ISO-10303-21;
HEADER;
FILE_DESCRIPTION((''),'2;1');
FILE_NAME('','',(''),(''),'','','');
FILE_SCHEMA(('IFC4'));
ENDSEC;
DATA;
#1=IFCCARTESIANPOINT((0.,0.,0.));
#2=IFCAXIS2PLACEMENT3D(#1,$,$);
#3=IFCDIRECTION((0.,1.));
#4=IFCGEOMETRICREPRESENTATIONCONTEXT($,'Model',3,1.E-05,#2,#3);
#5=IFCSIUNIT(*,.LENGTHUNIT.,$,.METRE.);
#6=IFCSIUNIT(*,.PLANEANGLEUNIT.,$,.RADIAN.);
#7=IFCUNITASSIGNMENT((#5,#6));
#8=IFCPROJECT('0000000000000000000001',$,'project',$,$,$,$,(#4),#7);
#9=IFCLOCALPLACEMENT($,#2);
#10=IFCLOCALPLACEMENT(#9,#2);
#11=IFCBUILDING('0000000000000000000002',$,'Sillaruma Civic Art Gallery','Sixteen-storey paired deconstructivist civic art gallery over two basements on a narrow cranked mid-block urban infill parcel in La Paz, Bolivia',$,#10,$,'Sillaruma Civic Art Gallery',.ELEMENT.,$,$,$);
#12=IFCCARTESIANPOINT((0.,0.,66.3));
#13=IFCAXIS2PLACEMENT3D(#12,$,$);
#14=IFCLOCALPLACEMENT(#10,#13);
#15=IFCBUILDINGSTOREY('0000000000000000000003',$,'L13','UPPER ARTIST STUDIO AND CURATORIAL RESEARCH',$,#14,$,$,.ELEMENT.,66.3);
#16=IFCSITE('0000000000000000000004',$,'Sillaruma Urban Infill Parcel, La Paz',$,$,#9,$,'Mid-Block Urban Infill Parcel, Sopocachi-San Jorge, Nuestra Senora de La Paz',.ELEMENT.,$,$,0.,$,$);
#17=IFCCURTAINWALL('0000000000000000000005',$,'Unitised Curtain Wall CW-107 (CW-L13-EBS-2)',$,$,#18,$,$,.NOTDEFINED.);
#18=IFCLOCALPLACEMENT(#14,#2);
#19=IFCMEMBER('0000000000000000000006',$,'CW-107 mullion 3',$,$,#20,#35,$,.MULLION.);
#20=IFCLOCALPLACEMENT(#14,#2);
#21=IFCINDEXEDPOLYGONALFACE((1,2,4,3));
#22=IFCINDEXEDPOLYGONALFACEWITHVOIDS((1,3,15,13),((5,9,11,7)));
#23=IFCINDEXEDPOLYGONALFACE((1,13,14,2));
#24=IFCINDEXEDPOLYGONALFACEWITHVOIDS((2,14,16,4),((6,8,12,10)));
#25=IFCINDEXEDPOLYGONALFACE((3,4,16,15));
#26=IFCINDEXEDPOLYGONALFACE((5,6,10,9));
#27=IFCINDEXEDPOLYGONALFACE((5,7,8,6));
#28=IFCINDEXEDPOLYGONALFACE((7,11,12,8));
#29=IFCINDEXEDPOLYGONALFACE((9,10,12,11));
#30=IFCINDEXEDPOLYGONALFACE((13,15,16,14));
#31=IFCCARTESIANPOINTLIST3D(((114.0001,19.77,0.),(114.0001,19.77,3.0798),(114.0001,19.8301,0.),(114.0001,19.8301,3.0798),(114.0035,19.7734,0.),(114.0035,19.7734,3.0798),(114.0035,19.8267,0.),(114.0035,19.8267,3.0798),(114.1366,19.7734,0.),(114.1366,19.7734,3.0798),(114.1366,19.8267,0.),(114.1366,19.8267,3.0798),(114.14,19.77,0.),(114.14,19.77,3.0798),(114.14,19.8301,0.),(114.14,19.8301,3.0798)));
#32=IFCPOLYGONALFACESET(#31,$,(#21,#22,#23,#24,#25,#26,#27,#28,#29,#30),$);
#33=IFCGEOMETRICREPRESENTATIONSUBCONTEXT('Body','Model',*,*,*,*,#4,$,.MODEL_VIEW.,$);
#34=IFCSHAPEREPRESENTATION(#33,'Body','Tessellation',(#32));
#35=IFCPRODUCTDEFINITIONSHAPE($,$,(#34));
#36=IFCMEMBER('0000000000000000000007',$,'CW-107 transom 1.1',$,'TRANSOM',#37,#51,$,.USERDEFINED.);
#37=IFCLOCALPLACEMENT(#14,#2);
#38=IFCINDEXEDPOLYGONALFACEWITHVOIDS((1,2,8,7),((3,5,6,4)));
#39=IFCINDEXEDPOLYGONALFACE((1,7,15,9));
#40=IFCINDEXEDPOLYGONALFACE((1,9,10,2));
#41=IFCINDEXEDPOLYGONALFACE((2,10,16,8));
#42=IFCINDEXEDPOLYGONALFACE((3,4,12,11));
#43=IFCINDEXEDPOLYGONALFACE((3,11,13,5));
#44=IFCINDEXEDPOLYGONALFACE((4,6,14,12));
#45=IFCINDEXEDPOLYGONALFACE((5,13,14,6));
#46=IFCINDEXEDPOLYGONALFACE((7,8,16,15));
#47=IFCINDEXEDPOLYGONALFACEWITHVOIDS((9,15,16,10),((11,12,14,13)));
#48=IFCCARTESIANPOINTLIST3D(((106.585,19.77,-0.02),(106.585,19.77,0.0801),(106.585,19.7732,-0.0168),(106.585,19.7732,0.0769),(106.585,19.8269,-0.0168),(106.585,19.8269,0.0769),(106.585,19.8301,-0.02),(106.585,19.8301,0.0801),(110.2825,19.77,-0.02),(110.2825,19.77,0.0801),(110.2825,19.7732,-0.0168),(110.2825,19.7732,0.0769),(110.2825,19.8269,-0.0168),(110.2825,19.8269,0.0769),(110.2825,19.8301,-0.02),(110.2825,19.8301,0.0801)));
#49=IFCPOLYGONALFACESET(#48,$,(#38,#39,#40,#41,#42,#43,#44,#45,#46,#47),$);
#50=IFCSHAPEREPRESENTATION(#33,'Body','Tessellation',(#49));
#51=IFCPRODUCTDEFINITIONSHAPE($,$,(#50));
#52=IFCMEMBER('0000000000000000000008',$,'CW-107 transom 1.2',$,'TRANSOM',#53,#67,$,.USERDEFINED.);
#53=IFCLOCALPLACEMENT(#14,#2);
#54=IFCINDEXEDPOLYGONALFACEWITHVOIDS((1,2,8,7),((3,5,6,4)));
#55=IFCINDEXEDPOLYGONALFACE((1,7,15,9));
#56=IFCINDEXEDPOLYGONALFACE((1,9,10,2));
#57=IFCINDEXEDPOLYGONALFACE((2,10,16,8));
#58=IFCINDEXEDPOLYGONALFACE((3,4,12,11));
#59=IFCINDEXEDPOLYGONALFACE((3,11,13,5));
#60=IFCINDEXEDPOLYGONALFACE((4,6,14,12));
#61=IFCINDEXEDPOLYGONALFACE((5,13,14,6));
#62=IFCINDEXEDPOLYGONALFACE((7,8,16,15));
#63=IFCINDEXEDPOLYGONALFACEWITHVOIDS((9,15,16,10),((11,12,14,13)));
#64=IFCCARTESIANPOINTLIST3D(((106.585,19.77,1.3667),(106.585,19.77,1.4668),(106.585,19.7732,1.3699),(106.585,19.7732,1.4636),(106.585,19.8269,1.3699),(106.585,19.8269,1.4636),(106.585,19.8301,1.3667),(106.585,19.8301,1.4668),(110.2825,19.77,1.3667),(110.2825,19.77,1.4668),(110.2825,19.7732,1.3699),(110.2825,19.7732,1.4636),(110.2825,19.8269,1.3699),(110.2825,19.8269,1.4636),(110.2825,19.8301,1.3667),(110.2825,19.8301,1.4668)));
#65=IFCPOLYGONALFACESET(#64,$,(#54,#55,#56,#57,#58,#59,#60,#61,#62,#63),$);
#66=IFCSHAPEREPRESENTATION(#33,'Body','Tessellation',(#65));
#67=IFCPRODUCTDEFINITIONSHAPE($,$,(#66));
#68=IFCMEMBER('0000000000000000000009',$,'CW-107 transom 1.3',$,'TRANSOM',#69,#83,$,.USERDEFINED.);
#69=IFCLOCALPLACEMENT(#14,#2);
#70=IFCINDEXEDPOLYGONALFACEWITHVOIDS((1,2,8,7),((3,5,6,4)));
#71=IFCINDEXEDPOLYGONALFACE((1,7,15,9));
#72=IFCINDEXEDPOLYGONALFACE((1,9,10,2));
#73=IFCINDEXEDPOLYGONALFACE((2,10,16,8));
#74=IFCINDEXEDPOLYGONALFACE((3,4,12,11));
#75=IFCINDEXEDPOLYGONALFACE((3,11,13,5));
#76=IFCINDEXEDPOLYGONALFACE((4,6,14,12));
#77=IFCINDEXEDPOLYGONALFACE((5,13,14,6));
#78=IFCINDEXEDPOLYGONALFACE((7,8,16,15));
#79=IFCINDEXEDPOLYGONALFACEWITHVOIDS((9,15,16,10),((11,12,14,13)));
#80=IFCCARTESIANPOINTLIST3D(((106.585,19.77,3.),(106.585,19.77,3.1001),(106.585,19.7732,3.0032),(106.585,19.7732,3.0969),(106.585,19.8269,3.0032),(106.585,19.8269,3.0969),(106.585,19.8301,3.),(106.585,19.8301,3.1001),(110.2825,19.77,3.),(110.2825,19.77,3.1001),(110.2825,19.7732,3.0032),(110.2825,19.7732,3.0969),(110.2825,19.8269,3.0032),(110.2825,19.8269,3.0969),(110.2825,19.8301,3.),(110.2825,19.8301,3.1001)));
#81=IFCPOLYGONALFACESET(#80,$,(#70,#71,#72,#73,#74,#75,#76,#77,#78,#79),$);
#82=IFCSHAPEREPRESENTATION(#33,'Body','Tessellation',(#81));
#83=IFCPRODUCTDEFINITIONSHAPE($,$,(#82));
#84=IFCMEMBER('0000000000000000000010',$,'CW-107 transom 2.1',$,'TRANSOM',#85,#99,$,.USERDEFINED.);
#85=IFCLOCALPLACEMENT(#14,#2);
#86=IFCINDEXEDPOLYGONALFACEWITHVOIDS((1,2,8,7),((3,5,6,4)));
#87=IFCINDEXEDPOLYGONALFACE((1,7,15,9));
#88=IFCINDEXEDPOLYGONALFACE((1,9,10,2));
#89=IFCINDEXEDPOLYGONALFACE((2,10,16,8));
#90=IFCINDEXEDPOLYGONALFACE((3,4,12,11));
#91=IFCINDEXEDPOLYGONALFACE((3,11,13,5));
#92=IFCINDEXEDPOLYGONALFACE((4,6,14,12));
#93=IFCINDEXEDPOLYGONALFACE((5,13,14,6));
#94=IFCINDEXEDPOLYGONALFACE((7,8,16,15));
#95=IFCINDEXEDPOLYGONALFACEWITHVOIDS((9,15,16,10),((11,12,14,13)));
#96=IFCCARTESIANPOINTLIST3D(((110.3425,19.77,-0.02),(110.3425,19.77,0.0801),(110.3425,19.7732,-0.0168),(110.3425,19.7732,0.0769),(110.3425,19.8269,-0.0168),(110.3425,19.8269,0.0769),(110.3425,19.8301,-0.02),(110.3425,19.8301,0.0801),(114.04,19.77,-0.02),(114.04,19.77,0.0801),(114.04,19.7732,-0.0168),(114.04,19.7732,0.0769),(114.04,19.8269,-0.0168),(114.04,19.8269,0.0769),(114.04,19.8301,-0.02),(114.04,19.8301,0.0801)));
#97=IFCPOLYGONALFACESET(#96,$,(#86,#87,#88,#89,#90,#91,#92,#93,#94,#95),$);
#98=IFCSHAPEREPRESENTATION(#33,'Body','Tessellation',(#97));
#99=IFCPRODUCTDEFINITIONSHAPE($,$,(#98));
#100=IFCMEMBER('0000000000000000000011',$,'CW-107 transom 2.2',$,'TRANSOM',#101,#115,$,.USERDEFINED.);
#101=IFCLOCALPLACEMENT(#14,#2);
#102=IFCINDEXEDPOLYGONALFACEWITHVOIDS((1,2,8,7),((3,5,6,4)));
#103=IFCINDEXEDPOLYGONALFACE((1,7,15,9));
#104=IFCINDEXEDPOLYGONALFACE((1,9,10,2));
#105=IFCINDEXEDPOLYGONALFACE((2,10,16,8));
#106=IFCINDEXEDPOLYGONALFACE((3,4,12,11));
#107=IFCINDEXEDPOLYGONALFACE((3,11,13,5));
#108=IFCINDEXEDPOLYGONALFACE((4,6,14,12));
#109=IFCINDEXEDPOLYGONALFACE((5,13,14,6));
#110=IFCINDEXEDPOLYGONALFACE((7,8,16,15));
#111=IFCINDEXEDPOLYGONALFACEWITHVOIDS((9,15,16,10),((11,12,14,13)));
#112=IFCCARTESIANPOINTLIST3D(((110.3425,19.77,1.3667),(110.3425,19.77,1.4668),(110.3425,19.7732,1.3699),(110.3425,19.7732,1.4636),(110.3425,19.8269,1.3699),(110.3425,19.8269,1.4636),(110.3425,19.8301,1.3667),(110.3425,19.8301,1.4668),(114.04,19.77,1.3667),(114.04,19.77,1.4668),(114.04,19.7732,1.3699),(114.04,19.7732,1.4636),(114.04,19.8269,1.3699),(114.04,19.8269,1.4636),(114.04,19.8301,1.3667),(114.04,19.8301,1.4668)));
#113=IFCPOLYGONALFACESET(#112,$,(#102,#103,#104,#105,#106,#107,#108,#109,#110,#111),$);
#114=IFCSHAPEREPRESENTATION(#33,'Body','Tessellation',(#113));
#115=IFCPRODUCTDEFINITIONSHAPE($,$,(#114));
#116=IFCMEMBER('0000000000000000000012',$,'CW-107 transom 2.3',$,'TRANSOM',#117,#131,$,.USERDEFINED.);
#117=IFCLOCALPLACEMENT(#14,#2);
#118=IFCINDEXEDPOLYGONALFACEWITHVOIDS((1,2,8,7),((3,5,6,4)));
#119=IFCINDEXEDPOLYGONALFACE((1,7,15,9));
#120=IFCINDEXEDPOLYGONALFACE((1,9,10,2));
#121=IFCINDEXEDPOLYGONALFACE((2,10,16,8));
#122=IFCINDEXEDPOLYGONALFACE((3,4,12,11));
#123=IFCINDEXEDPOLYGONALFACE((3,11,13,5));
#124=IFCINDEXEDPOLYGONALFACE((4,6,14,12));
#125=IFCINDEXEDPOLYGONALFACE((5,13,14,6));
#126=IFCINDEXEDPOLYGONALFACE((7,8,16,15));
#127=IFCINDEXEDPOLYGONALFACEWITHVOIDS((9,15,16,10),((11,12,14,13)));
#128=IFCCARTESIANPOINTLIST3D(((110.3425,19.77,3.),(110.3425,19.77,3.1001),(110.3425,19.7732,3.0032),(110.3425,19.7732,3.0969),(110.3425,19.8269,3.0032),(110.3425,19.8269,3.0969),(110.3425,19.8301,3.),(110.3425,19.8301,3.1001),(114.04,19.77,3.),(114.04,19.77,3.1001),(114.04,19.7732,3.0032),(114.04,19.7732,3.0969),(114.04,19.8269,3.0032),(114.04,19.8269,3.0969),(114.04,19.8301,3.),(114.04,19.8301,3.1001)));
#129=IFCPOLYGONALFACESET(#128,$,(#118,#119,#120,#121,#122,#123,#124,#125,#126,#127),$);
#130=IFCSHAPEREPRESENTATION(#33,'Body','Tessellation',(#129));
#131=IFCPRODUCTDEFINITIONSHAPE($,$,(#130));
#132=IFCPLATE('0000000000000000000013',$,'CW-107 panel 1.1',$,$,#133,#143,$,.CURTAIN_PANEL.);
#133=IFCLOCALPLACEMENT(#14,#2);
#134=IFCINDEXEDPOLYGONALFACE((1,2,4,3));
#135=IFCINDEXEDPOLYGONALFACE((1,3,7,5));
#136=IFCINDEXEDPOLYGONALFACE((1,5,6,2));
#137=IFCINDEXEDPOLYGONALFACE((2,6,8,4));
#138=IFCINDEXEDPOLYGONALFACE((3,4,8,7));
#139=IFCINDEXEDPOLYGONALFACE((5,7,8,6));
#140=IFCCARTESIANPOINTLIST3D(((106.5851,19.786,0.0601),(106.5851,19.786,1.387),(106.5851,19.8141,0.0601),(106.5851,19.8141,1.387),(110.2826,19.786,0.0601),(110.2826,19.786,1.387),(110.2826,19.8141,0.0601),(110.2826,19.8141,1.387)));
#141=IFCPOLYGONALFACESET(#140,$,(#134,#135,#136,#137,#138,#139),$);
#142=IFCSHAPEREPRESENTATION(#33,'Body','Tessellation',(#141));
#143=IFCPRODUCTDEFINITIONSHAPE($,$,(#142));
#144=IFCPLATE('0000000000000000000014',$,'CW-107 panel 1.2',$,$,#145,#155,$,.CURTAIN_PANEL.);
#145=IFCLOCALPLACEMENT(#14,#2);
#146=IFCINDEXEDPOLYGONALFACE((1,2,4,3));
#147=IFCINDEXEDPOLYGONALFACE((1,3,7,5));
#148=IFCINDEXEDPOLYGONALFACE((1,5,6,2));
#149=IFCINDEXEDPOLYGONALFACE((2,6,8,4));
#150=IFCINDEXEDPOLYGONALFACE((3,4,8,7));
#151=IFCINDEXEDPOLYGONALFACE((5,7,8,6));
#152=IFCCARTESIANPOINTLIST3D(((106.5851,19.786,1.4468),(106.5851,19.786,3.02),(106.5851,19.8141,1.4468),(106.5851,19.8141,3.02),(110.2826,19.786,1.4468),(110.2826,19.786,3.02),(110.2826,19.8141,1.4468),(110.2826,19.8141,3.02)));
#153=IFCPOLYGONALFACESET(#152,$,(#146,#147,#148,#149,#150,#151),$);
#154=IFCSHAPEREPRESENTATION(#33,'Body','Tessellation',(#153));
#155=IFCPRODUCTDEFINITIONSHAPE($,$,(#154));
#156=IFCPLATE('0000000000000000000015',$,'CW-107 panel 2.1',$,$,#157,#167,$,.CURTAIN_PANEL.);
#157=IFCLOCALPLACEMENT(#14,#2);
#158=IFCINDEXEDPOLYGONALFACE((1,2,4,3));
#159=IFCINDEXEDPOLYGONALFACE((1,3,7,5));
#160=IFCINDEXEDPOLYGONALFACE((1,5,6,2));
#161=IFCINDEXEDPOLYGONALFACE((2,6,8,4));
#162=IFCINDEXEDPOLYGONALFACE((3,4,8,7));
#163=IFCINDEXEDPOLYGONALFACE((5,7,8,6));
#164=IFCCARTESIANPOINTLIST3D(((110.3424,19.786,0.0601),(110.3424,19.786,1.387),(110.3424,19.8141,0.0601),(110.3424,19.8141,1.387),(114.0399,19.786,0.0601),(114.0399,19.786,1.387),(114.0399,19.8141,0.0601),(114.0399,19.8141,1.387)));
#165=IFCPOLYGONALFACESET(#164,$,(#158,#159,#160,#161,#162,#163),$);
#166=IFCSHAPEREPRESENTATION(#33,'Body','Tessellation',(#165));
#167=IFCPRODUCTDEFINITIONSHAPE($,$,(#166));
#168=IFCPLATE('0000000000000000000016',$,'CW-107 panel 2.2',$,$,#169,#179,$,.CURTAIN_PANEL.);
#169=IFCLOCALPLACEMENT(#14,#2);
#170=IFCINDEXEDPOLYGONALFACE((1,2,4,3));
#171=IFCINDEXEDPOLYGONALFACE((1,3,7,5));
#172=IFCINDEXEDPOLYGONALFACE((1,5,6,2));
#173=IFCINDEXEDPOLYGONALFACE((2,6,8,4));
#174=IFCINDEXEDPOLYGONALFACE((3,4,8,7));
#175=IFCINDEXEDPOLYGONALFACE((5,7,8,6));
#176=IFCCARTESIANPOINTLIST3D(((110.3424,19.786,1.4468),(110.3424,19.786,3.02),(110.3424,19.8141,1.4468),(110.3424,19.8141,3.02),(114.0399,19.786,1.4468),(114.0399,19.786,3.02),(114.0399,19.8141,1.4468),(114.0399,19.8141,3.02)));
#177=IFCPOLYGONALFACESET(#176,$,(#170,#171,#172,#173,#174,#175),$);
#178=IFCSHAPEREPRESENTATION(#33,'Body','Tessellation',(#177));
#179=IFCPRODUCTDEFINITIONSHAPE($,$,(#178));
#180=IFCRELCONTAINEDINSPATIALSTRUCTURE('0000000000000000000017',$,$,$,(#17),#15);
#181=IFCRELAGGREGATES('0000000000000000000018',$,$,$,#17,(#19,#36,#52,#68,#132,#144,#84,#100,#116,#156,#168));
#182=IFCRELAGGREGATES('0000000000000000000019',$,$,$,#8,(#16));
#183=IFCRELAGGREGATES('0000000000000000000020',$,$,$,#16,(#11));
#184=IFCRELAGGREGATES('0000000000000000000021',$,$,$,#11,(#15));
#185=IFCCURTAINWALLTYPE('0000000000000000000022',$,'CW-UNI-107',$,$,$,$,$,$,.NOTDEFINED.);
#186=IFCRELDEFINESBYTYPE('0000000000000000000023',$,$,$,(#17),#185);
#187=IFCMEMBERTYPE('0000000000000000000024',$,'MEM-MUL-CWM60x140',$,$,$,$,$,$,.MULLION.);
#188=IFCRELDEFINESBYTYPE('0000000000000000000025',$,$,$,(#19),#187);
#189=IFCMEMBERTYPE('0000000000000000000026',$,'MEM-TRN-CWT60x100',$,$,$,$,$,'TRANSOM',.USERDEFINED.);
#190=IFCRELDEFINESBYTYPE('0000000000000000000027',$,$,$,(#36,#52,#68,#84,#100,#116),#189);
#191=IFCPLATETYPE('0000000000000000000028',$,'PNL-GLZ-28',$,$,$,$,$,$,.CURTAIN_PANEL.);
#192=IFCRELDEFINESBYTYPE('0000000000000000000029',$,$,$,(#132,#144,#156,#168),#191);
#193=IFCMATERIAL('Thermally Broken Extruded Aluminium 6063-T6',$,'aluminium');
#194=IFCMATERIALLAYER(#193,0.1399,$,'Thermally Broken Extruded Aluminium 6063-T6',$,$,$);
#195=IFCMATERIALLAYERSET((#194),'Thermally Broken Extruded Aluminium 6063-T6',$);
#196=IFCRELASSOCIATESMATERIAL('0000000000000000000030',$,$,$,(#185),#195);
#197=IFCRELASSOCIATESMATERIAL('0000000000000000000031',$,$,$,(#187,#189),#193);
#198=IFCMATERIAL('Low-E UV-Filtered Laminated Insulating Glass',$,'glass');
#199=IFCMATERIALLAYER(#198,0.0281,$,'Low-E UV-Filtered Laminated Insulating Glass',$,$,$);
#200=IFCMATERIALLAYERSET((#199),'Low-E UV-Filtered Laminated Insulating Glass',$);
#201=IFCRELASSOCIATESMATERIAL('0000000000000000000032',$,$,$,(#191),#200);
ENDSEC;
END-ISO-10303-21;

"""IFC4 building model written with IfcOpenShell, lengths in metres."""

from ifc_helpers import new_model, si_unit, direction, frame, origin, origin_2d, place, context, subcontext, project, spatial, rectangle, hollow_rectangle, extrude, material, layer, layer_set, material_profile, profile_set, type_object, element, aggregate, save


model = new_model("IFC4")

# Units and contexts
model_context = context("Model", 3, precision=1e-05, world=origin(), true_north=direction((0.0, 1.0)))
body_context = subcontext(model_context, "Body", "Model", "MODEL_VIEW")
ifc_project = project(units=[si_unit("LENGTHUNIT", "METRE"), si_unit("PLANEANGLEUNIT", "RADIAN")], contexts=[model_context])

# Site, building, storey
site_placement = place(None, origin())
site = spatial("IfcSite", under=ifc_project, at=site_placement, Name="Sillaruma Urban Infill Parcel, La Paz", LongName="Mid-Block Urban Infill Parcel, Sopocachi-San Jorge, Nuestra Senora de La Paz", CompositionType="ELEMENT", RefElevation=0.0)
building_placement = place(site_placement, origin())
building = spatial("IfcBuilding", under=site, at=building_placement, Name="Sillaruma Civic Art Gallery", Description="Sixteen-storey paired deconstructivist civic art gallery over two basements on a narrow cranked mid-block urban infill parcel in La Paz, Bolivia", LongName="Sillaruma Civic Art Gallery", CompositionType="ELEMENT")
storey_placement = place(building_placement, frame((0.0, 0.0, 66.3)))
storey = spatial("IfcBuildingStorey", under=building, at=storey_placement, Name="L13", Description="UPPER ARTIST STUDIO AND CURATORIAL RESEARCH", CompositionType="ELEMENT", Elevation=66.3)

# Curtain wall, members, plates
ifc_material_1 = material(Name="Thermally Broken Extruded Aluminium 6063-T6", Category="aluminium")
ifc_layer_1 = layer(ifc_material_1, 0.1399, Name="Thermally Broken Extruded Aluminium 6063-T6")
ifc_layer_set_1 = layer_set([ifc_layer_1], Name="Thermally Broken Extruded Aluminium 6063-T6")
curtain_wall_type = type_object("IfcCurtainWallType", Name="CW-UNI-107", PredefinedType="NOTDEFINED", material=ifc_layer_set_1)
curtain_wall_placement = place(storey_placement, origin())
curtain_wall = element("IfcCurtainWall", 1, at=curtain_wall_placement, inside=storey, type_object=curtain_wall_type, Name="Unitised Curtain Wall CW-107 (CW-L13-EBS-2)", PredefinedType="NOTDEFINED")
ifc_material_profile_1 = material_profile(ifc_material_1, hollow_rectangle(XDim=0.0601, YDim=0.1399, WallThickness=0.0034, at=origin_2d()), Name="CWM60x140")
ifc_profile_set_1 = profile_set([ifc_material_profile_1], Name="Thermally Broken Extruded Aluminium 6063-T6")
member_type_1 = type_object("IfcMemberType", Name="MEM-MUL-CWM60x140", PredefinedType="MULLION", material=ifc_profile_set_1)
member_1_placement = place(storey_placement, frame((114.0701, 19.8, 0.0), z_axis=(0.0, 0.0, 1.0), x_axis=(0.0, 1.0, 0.0)))
member_1 = element("IfcMember", 2, at=member_1_placement, type_object=member_type_1, Name="CW-107 mullion 3", PredefinedType="MULLION", context=body_context, shape_type="SweptSolid", body=[
    extrude(hollow_rectangle(XDim=0.0601, YDim=0.1399, WallThickness=0.0034, at=origin_2d()), origin(), (0.0, 0.0, 1.0), 3.0798),
])
ifc_material_profile_2 = material_profile(ifc_material_1, hollow_rectangle(XDim=0.0601, YDim=0.1001, WallThickness=0.0032, at=origin_2d()), Name="CWT60x100")
ifc_profile_set_2 = profile_set([ifc_material_profile_2], Name="Thermally Broken Extruded Aluminium 6063-T6")
member_type_2 = type_object("IfcMemberType", Name="MEM-TRN-CWT60x100", ElementType="TRANSOM", PredefinedType="USERDEFINED", material=ifc_profile_set_2)
member_2_placement = place(storey_placement, frame((106.585, 19.8, 0.03), z_axis=(1.0, 0.0, 0.0), x_axis=(0.0, 1.0, 0.0)))
member_2 = element("IfcMember", 3, at=member_2_placement, type_object=member_type_2, Name="CW-107 transom 1.1", ObjectType="TRANSOM", PredefinedType="USERDEFINED", context=body_context, shape_type="SweptSolid", body=[
    extrude(hollow_rectangle(XDim=0.0601, YDim=0.1001, WallThickness=0.0032, at=origin_2d()), origin(), (0.0, 0.0, 1.0), 3.6975),
])
member_3_placement = place(storey_placement, frame((106.585, 19.8, 1.4167), z_axis=(1.0, 0.0, 0.0), x_axis=(0.0, 1.0, 0.0)))
member_3 = element("IfcMember", 4, at=member_3_placement, type_object=member_type_2, Name="CW-107 transom 1.2", ObjectType="TRANSOM", PredefinedType="USERDEFINED", context=body_context, shape_type="SweptSolid", body=[
    extrude(hollow_rectangle(XDim=0.0601, YDim=0.1001, WallThickness=0.0032, at=origin_2d()), origin(), (0.0, 0.0, 1.0), 3.6975),
])
member_4_placement = place(storey_placement, frame((106.585, 19.8, 3.05), z_axis=(1.0, 0.0, 0.0), x_axis=(0.0, 1.0, 0.0)))
member_4 = element("IfcMember", 5, at=member_4_placement, type_object=member_type_2, Name="CW-107 transom 1.3", ObjectType="TRANSOM", PredefinedType="USERDEFINED", context=body_context, shape_type="SweptSolid", body=[
    extrude(hollow_rectangle(XDim=0.0601, YDim=0.1001, WallThickness=0.0032, at=origin_2d()), origin(), (0.0, 0.0, 1.0), 3.6975),
])
member_5_placement = place(storey_placement, frame((110.3425, 19.8, 0.03), z_axis=(1.0, 0.0, 0.0), x_axis=(0.0, 1.0, 0.0)))
member_5 = element("IfcMember", 6, at=member_5_placement, type_object=member_type_2, Name="CW-107 transom 2.1", ObjectType="TRANSOM", PredefinedType="USERDEFINED", context=body_context, shape_type="SweptSolid", body=[
    extrude(hollow_rectangle(XDim=0.0601, YDim=0.1001, WallThickness=0.0032, at=origin_2d()), origin(), (0.0, 0.0, 1.0), 3.6975),
])
member_6_placement = place(storey_placement, frame((110.3425, 19.8, 1.4167), z_axis=(1.0, 0.0, 0.0), x_axis=(0.0, 1.0, 0.0)))
member_6 = element("IfcMember", 7, at=member_6_placement, type_object=member_type_2, Name="CW-107 transom 2.2", ObjectType="TRANSOM", PredefinedType="USERDEFINED", context=body_context, shape_type="SweptSolid", body=[
    extrude(hollow_rectangle(XDim=0.0601, YDim=0.1001, WallThickness=0.0032, at=origin_2d()), origin(), (0.0, 0.0, 1.0), 3.6975),
])
member_7_placement = place(storey_placement, frame((110.3425, 19.8, 3.05), z_axis=(1.0, 0.0, 0.0), x_axis=(0.0, 1.0, 0.0)))
member_7 = element("IfcMember", 8, at=member_7_placement, type_object=member_type_2, Name="CW-107 transom 2.3", ObjectType="TRANSOM", PredefinedType="USERDEFINED", context=body_context, shape_type="SweptSolid", body=[
    extrude(hollow_rectangle(XDim=0.0601, YDim=0.1001, WallThickness=0.0032, at=origin_2d()), origin(), (0.0, 0.0, 1.0), 3.6975),
])
ifc_material_2 = material(Name="Low-E UV-Filtered Laminated Insulating Glass", Category="glass")
ifc_layer_2 = layer(ifc_material_2, 0.0281, Name="Low-E UV-Filtered Laminated Insulating Glass")
ifc_layer_set_2 = layer_set([ifc_layer_2], Name="Low-E UV-Filtered Laminated Insulating Glass")
plate_type = type_object("IfcPlateType", Name="PNL-GLZ-28", PredefinedType="CURTAIN_PANEL", material=ifc_layer_set_2)
plate_1_placement = place(storey_placement, frame((108.4338, 19.8, 0.0601), z_axis=(0.0, 0.0, 1.0), x_axis=(1.0, 0.0, 0.0)))
plate_1 = element("IfcPlate", 9, at=plate_1_placement, type_object=plate_type, Name="CW-107 panel 1.1", PredefinedType="CURTAIN_PANEL", context=body_context, shape_type="SweptSolid", body=[
    extrude(rectangle(XDim=3.6975, YDim=0.0281, at=origin_2d()), origin(), (0.0, 0.0, 1.0), 1.3269),
])
plate_2_placement = place(storey_placement, frame((108.4338, 19.8, 1.4468), z_axis=(0.0, 0.0, 1.0), x_axis=(1.0, 0.0, 0.0)))
plate_2 = element("IfcPlate", 10, at=plate_2_placement, type_object=plate_type, Name="CW-107 panel 1.2", PredefinedType="CURTAIN_PANEL", context=body_context, shape_type="SweptSolid", body=[
    extrude(rectangle(XDim=3.6975, YDim=0.0281, at=origin_2d()), origin(), (0.0, 0.0, 1.0), 1.5732),
])
plate_3_placement = place(storey_placement, frame((112.1912, 19.8, 0.0601), z_axis=(0.0, 0.0, 1.0), x_axis=(1.0, 0.0, 0.0)))
plate_3 = element("IfcPlate", 11, at=plate_3_placement, type_object=plate_type, Name="CW-107 panel 2.1", PredefinedType="CURTAIN_PANEL", context=body_context, shape_type="SweptSolid", body=[
    extrude(rectangle(XDim=3.6975, YDim=0.0281, at=origin_2d()), origin(), (0.0, 0.0, 1.0), 1.3269),
])
plate_4_placement = place(storey_placement, frame((112.1912, 19.8, 1.4468), z_axis=(0.0, 0.0, 1.0), x_axis=(1.0, 0.0, 0.0)))
plate_4 = element("IfcPlate", 12, at=plate_4_placement, type_object=plate_type, Name="CW-107 panel 2.2", PredefinedType="CURTAIN_PANEL", context=body_context, shape_type="SweptSolid", body=[
    extrude(rectangle(XDim=3.6975, YDim=0.0281, at=origin_2d()), origin(), (0.0, 0.0, 1.0), 1.5732),
])
aggregate(curtain_wall, [member_1, member_2, member_3, member_4, plate_1, plate_2, member_5, member_6, member_7, plate_3, plate_4])

save(model, "model.ifc")
